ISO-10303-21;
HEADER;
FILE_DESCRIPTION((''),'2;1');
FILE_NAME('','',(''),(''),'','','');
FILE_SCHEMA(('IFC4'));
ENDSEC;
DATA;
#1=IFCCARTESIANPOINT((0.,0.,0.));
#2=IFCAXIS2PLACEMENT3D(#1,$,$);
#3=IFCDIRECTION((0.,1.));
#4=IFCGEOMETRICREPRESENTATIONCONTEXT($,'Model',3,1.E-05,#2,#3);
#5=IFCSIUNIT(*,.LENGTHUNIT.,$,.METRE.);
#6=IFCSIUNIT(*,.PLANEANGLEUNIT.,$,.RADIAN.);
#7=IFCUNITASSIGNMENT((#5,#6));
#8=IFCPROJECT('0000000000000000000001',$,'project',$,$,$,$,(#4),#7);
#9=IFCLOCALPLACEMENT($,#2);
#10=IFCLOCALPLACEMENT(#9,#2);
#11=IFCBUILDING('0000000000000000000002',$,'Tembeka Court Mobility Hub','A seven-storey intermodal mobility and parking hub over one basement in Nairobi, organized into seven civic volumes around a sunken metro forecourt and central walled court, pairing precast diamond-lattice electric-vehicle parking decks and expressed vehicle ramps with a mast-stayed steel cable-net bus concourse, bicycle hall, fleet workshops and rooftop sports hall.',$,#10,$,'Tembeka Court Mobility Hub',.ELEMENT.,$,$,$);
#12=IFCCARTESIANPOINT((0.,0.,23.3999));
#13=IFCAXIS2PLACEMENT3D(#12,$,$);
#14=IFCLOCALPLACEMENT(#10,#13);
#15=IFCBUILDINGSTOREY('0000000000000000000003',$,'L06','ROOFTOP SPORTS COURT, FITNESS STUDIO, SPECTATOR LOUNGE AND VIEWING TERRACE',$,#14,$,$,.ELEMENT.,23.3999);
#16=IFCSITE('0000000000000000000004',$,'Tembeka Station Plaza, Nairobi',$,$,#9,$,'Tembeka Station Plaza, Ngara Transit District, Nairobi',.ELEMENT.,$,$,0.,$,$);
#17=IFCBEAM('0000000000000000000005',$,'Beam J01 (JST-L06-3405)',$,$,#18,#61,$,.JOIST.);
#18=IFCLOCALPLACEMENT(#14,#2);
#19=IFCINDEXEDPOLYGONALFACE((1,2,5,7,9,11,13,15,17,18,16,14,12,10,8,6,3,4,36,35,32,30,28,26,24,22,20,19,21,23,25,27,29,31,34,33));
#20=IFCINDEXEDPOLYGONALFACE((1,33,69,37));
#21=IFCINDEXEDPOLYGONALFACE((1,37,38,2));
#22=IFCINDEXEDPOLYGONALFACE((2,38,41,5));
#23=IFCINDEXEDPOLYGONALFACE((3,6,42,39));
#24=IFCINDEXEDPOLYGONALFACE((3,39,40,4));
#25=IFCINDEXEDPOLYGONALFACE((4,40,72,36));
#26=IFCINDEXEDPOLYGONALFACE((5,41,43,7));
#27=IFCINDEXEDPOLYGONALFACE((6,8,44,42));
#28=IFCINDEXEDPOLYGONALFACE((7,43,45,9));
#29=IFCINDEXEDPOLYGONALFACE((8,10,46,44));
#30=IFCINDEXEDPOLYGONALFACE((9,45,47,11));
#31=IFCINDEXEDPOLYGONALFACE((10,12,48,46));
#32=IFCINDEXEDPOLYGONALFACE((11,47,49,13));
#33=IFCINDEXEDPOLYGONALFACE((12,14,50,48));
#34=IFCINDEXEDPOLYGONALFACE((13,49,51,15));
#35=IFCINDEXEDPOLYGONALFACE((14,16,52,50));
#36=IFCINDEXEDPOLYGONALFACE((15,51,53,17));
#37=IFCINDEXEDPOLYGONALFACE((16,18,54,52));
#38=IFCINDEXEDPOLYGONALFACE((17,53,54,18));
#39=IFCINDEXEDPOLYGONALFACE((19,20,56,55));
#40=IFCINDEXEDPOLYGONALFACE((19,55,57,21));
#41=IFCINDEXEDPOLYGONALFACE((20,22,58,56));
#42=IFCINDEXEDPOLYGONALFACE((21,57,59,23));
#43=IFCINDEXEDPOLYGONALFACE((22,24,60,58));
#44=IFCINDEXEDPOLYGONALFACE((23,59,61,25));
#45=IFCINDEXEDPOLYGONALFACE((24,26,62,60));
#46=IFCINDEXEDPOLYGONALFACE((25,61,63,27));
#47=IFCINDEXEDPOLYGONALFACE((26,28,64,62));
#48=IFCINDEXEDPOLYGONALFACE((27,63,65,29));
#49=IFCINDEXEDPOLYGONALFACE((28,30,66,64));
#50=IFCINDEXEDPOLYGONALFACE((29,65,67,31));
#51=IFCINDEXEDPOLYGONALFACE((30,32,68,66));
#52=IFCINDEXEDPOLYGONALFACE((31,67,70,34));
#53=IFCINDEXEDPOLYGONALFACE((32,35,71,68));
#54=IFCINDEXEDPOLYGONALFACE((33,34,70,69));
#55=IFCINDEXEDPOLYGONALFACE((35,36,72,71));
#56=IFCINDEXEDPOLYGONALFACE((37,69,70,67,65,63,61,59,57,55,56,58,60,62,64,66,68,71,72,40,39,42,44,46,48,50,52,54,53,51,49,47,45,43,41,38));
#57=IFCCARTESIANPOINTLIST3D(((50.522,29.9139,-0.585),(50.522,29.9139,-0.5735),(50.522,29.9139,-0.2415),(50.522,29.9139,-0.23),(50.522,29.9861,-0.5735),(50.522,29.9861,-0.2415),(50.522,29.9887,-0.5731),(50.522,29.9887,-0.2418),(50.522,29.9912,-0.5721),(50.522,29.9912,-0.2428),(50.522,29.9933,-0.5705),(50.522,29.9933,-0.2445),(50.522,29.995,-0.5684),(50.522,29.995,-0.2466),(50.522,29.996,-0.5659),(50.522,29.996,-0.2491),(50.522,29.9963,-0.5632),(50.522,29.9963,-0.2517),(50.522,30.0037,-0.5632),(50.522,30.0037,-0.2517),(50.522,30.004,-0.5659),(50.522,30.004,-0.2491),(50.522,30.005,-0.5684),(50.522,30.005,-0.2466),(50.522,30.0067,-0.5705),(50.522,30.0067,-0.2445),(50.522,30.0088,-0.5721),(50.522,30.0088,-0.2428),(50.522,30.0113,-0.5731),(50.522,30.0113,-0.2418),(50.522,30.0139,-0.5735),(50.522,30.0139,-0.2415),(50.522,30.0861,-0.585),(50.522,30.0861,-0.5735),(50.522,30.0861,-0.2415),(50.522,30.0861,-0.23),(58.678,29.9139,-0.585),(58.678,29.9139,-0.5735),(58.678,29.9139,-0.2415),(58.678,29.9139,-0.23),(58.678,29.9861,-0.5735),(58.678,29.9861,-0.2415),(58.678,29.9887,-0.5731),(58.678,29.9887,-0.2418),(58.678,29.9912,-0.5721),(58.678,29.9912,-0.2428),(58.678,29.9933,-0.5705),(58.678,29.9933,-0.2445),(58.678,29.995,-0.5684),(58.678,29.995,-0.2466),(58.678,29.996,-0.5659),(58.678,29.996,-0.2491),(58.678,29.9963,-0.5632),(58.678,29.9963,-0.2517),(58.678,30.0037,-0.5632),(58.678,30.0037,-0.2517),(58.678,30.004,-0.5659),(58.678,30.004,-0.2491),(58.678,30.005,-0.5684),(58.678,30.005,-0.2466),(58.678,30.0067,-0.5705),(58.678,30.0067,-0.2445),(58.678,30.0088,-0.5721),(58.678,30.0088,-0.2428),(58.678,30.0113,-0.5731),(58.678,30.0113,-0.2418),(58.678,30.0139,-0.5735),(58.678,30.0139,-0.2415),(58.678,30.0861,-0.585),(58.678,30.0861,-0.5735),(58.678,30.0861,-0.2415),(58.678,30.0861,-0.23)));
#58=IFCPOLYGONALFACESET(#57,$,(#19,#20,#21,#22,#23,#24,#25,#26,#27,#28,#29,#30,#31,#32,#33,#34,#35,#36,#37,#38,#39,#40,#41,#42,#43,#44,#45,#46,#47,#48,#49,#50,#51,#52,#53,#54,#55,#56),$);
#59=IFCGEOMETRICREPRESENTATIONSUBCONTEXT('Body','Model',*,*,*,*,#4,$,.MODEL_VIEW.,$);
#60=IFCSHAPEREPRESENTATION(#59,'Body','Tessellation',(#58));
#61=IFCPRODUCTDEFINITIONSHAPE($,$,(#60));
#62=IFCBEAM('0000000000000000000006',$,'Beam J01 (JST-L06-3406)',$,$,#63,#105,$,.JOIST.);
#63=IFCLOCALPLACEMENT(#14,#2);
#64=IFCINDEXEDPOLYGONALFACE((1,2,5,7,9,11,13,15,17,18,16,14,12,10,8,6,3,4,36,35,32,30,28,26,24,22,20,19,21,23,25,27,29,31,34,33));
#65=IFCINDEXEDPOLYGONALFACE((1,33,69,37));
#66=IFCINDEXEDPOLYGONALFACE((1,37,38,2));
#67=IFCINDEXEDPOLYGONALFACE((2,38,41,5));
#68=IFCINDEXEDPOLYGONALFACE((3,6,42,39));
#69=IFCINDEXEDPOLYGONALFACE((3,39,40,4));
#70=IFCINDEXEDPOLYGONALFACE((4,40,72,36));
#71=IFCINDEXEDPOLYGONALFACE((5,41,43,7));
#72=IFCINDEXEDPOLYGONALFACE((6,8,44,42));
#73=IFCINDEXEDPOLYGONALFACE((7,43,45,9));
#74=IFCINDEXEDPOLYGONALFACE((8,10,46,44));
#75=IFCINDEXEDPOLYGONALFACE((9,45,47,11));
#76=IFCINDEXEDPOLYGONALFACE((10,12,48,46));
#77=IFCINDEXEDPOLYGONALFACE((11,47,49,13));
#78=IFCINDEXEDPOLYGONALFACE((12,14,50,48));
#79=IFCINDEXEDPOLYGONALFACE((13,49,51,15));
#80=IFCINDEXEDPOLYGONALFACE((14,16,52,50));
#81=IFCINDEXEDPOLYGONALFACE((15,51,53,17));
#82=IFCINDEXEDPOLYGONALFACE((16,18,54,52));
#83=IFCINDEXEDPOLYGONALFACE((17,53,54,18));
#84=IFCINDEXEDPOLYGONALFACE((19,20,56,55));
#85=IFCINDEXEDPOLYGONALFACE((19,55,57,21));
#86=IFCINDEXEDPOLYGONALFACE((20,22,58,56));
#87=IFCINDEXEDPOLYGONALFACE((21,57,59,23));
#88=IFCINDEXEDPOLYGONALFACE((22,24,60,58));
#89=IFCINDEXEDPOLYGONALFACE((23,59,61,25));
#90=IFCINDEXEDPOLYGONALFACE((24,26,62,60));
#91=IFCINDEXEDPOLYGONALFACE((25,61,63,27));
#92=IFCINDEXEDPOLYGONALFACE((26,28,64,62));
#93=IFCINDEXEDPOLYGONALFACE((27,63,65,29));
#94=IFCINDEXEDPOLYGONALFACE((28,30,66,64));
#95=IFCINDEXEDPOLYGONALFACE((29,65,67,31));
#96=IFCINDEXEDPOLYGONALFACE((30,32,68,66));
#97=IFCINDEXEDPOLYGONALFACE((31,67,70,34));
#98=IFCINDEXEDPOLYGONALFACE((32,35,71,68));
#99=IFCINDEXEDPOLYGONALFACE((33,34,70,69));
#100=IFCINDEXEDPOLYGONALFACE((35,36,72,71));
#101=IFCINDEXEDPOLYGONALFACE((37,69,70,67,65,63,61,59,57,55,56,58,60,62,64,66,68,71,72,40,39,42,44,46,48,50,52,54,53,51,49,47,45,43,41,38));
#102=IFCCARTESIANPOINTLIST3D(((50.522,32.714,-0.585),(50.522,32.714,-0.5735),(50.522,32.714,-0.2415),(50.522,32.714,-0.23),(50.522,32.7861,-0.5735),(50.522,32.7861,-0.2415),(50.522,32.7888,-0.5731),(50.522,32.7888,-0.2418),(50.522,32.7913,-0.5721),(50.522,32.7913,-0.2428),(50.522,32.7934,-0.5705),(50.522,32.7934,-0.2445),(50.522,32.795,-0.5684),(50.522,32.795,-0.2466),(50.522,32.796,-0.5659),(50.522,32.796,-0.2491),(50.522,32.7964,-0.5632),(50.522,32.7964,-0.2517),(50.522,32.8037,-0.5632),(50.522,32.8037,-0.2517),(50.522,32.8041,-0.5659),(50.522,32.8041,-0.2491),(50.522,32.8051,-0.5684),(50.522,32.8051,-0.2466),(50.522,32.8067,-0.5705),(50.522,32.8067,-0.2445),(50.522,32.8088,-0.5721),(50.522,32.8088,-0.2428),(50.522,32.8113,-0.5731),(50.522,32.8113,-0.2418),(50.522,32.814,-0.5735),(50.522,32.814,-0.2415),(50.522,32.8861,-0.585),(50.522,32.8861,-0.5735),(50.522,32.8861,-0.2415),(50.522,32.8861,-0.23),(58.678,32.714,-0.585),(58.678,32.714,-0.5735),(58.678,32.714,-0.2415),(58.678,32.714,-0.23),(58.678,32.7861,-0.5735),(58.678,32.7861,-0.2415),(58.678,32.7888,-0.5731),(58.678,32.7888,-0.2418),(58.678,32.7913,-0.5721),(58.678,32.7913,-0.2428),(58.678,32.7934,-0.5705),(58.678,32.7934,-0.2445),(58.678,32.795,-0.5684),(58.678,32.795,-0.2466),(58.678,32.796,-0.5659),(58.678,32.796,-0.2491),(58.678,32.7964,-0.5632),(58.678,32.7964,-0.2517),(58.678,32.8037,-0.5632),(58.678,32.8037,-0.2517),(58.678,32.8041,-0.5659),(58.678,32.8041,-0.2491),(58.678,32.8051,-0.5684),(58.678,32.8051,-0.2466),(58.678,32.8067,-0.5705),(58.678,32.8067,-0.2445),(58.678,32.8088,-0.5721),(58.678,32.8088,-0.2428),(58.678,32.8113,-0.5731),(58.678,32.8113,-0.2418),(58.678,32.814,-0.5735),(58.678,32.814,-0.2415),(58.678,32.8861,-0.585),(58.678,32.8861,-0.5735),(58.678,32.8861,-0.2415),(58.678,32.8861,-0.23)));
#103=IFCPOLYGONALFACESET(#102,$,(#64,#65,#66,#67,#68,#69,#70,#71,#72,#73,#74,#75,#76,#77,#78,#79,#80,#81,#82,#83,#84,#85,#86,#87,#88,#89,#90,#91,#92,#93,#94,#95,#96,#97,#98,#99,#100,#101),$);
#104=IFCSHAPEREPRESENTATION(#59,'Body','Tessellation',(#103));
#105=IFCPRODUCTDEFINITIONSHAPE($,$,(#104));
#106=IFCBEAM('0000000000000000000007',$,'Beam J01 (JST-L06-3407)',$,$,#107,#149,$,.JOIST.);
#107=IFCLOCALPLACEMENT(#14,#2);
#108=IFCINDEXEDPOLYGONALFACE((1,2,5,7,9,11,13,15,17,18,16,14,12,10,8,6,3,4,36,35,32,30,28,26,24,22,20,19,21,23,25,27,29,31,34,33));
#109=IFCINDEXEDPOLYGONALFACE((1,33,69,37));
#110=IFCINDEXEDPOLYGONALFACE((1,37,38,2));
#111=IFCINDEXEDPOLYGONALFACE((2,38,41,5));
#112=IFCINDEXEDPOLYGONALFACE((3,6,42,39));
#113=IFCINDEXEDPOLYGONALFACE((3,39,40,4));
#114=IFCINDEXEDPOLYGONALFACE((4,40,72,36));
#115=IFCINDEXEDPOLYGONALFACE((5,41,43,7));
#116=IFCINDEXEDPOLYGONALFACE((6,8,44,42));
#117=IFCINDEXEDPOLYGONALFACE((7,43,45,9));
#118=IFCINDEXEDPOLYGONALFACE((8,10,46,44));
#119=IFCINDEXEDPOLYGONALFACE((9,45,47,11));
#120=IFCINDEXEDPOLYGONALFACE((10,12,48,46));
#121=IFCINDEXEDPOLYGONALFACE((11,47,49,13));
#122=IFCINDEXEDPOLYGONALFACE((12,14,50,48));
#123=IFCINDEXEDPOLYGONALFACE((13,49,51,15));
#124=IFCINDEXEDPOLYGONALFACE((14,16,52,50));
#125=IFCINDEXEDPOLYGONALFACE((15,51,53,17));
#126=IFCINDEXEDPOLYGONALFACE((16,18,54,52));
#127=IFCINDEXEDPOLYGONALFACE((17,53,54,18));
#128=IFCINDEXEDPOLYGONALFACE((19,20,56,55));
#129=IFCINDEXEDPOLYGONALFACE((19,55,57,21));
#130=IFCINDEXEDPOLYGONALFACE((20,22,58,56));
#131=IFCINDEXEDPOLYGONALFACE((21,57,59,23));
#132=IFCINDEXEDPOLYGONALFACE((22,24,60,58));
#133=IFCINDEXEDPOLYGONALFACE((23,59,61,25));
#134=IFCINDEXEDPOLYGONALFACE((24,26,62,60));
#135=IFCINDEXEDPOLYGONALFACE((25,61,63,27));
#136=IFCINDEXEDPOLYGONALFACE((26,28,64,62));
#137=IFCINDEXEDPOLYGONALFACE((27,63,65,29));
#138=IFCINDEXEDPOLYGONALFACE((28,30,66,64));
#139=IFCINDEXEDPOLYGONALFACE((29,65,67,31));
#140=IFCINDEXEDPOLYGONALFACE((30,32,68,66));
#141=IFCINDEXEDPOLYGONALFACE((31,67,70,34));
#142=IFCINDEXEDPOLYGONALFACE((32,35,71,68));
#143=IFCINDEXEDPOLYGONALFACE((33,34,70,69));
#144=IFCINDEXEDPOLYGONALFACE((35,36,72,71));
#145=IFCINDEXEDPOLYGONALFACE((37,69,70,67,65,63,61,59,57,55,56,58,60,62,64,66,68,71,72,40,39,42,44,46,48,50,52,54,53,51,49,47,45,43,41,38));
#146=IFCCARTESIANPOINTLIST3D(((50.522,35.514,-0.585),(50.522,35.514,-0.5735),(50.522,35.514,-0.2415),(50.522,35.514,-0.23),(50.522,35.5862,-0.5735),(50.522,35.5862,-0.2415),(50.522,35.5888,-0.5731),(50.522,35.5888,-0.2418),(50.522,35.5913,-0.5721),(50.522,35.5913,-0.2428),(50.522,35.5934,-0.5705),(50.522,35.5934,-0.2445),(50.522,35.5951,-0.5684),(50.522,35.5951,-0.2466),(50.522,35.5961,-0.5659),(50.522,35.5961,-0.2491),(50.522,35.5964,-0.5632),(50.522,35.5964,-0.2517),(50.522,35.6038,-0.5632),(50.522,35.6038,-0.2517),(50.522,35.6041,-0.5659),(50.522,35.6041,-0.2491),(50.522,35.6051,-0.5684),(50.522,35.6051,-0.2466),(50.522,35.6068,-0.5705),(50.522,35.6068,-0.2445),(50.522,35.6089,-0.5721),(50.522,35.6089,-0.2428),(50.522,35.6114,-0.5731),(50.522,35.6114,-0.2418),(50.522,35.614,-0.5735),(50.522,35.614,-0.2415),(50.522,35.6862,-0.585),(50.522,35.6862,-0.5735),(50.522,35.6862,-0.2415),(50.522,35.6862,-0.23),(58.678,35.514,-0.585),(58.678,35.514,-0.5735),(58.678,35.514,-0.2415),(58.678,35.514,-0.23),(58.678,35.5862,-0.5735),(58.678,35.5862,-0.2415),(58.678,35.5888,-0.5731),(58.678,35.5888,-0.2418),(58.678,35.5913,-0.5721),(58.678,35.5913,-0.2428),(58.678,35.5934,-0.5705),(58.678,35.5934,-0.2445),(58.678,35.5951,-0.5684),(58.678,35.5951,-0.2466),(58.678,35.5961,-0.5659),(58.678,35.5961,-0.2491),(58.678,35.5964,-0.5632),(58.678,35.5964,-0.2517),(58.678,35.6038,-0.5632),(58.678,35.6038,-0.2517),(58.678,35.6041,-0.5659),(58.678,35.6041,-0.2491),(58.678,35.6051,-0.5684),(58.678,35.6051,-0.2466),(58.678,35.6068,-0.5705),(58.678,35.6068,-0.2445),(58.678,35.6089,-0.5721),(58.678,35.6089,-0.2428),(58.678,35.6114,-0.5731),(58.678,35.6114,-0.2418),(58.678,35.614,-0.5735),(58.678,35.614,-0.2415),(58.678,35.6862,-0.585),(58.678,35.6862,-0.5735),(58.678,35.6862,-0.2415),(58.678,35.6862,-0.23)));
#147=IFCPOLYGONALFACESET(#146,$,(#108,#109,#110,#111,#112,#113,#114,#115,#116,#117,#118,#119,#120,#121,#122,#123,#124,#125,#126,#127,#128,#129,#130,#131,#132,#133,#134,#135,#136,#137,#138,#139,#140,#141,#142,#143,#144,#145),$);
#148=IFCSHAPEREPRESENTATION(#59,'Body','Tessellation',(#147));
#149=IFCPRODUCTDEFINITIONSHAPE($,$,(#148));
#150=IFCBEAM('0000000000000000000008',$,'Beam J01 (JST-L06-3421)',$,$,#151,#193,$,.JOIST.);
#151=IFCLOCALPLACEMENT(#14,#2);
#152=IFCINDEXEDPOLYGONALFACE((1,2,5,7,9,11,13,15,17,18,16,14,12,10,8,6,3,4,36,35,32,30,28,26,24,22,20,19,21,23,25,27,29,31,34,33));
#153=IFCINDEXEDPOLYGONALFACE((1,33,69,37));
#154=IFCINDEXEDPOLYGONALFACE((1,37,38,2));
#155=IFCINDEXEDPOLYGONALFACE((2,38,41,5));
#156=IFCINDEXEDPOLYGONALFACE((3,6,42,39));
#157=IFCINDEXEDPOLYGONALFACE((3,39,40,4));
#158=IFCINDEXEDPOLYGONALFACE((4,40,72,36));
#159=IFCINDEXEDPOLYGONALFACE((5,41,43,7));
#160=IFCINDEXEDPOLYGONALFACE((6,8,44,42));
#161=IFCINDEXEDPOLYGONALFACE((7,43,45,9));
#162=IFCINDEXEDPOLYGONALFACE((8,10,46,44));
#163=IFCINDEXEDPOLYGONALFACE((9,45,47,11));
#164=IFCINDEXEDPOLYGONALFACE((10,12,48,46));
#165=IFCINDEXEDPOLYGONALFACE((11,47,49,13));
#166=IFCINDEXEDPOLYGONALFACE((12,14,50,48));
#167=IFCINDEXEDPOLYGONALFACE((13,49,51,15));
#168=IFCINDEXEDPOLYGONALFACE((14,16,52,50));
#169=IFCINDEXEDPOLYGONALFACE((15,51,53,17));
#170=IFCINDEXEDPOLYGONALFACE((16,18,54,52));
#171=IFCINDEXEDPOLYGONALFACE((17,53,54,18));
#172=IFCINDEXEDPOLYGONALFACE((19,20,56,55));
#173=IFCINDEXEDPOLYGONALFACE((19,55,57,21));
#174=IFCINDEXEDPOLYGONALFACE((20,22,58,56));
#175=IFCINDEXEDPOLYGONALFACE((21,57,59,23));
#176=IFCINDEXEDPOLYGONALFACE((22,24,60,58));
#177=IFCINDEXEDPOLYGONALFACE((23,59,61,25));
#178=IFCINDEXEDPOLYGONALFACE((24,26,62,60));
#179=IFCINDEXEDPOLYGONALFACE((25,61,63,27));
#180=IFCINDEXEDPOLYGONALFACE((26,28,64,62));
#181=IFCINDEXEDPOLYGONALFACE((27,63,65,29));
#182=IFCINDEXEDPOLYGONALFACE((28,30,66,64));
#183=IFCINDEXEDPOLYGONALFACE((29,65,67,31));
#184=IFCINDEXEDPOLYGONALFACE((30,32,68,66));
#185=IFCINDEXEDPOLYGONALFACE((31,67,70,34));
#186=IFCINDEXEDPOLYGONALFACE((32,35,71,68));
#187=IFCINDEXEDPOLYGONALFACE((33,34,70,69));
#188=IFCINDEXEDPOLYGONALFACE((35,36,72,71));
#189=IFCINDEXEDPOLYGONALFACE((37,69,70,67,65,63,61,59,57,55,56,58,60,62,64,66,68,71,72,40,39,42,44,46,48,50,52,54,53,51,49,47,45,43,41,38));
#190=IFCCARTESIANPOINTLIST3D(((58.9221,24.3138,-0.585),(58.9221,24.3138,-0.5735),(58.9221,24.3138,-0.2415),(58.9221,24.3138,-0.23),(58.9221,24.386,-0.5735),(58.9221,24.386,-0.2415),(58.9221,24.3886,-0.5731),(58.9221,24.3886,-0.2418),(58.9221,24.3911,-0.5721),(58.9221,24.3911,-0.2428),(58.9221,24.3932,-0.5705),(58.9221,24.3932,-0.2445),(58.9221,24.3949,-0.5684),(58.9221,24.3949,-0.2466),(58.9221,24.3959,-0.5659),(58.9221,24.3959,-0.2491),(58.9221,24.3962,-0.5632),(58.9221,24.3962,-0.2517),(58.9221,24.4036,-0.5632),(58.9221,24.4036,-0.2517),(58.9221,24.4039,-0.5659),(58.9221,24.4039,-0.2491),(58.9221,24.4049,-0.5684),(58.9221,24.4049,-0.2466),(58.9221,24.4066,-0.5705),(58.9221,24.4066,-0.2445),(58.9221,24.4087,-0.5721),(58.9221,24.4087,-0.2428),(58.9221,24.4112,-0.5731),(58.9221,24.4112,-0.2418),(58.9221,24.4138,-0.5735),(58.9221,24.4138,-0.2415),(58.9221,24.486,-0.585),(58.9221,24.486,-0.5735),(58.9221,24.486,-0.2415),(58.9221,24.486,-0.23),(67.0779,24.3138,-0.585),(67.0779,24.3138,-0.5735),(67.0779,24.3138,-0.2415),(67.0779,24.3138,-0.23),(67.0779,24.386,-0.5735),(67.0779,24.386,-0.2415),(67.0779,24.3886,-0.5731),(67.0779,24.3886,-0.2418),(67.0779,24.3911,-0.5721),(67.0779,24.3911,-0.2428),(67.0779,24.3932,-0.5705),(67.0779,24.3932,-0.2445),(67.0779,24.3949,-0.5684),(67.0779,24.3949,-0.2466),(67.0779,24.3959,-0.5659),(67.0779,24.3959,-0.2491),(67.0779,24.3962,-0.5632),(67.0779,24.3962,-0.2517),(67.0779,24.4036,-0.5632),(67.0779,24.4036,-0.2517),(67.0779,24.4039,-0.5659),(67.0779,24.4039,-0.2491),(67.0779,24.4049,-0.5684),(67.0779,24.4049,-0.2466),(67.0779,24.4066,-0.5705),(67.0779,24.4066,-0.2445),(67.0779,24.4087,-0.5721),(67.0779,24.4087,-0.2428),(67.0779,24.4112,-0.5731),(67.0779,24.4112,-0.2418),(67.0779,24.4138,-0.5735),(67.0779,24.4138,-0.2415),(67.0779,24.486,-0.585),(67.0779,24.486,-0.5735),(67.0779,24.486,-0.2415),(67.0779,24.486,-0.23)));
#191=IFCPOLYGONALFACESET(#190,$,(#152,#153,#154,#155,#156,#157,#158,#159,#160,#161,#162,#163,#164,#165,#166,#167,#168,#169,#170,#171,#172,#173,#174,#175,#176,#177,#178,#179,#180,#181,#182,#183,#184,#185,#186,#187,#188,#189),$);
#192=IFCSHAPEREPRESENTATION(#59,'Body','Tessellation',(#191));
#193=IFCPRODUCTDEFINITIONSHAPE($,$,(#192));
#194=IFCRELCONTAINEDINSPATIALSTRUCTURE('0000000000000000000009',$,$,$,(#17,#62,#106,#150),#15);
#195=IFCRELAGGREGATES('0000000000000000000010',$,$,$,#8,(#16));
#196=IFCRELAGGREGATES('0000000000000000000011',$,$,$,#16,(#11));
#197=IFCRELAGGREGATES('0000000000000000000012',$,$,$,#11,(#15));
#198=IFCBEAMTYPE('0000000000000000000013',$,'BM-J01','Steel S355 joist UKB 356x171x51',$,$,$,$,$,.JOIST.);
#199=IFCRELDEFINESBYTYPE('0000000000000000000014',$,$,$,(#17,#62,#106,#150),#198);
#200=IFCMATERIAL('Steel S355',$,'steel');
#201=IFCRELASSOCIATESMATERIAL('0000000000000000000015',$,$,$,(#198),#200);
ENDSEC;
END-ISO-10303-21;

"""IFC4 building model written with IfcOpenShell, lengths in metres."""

from ifc_helpers import new_model, si_unit, direction, frame, origin, origin_2d, place, context, subcontext, project, spatial, i_section, extrude, material, material_profile, profile_set, type_object, element, save


model = new_model("IFC4")

# Units and contexts
model_context = context("Model", 3, precision=1e-05, world=origin(), true_north=direction((0.0, 1.0)))
body_context = subcontext(model_context, "Body", "Model", "MODEL_VIEW")
ifc_project = project(units=[si_unit("LENGTHUNIT", "METRE"), si_unit("PLANEANGLEUNIT", "RADIAN")], contexts=[model_context])

# Site, building, storey
site_placement = place(None, origin())
site = spatial("IfcSite", under=ifc_project, at=site_placement, Name="Tembeka Station Plaza, Nairobi", LongName="Tembeka Station Plaza, Ngara Transit District, Nairobi", CompositionType="ELEMENT", RefElevation=0.0)
building_placement = place(site_placement, origin())
building = spatial("IfcBuilding", under=site, at=building_placement, Name="Tembeka Court Mobility Hub", Description="A seven-storey intermodal mobility and parking hub over one basement in Nairobi, organized into seven civic volumes around a sunken metro forecourt and central walled court, pairing precast diamond-lattice electric-vehicle parking decks and expressed vehicle ramps with a mast-stayed steel cable-net bus concourse, bicycle hall, fleet workshops and rooftop sports hall.", LongName="Tembeka Court Mobility Hub", CompositionType="ELEMENT")
storey_placement = place(building_placement, frame((0.0, 0.0, 23.3999)))
storey = spatial("IfcBuildingStorey", under=building, at=storey_placement, Name="L06", Description="ROOFTOP SPORTS COURT, FITNESS STUDIO, SPECTATOR LOUNGE AND VIEWING TERRACE", CompositionType="ELEMENT", Elevation=23.3999)

# Beams
ifc_material_1 = material(Name="Steel S355", Category="steel")
ifc_material_profile_1 = material_profile(ifc_material_1, i_section(OverallWidth=0.1721, OverallDepth=0.355, WebThickness=0.0073, FlangeThickness=0.0115, FilletRadius=0.0103, at=origin_2d()), Name="UKB 356x171x51")
ifc_profile_set_1 = profile_set([ifc_material_profile_1], Name="Steel S355")
beam_type_1 = type_object("IfcBeamType", Name="BM-J01", Description="Steel S355 joist UKB 356x171x51", PredefinedType="JOIST", material=ifc_profile_set_1)
for number, where, z_axis, x_axis, name in (
    (1, (50.522, 30.0, -0.4075), (1.0, 0.0, 0.0), (0.0, 1.0, 0.0), "Beam J01 (JST-L06-3405)"),
    (2, (50.522, 32.8, -0.4075), (1.0, 0.0, 0.0), (0.0, 1.0, 0.0), "Beam J01 (JST-L06-3406)"),
    (3, (50.522, 35.6001, -0.4075), (1.0, 0.0, 0.0), (0.0, 1.0, 0.0), "Beam J01 (JST-L06-3407)"),
):
    element("IfcBeam", number, at=place(storey_placement, frame(where, z_axis=z_axis, x_axis=x_axis)), inside=storey, type_object=beam_type_1, Name=name, PredefinedType="JOIST", context=body_context, shape_type="SweptSolid", body=[
        extrude(i_section(OverallWidth=0.1721, OverallDepth=0.355, WebThickness=0.0073, FlangeThickness=0.0115, FilletRadius=0.0103, at=origin_2d()), origin(), (0.0, 0.0, 1.0), 8.156),
    ])
for number, where, z_axis, x_axis, name in (
    (4, (58.9221, 24.3999, -0.4075), (1.0, 0.0, 0.0), (0.0, 1.0, 0.0), "Beam J01 (JST-L06-3421)"),
):
    element("IfcBeam", number, at=place(storey_placement, frame(where, z_axis=z_axis, x_axis=x_axis)), inside=storey, type_object=beam_type_1, Name=name, PredefinedType="JOIST", context=body_context, shape_type="SweptSolid", body=[
        extrude(i_section(OverallWidth=0.1721, OverallDepth=0.355, WebThickness=0.0073, FlangeThickness=0.0115, FilletRadius=0.0103, at=origin_2d()), origin(), (0.0, 0.0, 1.0), 8.1558),
    ])

save(model, "model.ifc")
